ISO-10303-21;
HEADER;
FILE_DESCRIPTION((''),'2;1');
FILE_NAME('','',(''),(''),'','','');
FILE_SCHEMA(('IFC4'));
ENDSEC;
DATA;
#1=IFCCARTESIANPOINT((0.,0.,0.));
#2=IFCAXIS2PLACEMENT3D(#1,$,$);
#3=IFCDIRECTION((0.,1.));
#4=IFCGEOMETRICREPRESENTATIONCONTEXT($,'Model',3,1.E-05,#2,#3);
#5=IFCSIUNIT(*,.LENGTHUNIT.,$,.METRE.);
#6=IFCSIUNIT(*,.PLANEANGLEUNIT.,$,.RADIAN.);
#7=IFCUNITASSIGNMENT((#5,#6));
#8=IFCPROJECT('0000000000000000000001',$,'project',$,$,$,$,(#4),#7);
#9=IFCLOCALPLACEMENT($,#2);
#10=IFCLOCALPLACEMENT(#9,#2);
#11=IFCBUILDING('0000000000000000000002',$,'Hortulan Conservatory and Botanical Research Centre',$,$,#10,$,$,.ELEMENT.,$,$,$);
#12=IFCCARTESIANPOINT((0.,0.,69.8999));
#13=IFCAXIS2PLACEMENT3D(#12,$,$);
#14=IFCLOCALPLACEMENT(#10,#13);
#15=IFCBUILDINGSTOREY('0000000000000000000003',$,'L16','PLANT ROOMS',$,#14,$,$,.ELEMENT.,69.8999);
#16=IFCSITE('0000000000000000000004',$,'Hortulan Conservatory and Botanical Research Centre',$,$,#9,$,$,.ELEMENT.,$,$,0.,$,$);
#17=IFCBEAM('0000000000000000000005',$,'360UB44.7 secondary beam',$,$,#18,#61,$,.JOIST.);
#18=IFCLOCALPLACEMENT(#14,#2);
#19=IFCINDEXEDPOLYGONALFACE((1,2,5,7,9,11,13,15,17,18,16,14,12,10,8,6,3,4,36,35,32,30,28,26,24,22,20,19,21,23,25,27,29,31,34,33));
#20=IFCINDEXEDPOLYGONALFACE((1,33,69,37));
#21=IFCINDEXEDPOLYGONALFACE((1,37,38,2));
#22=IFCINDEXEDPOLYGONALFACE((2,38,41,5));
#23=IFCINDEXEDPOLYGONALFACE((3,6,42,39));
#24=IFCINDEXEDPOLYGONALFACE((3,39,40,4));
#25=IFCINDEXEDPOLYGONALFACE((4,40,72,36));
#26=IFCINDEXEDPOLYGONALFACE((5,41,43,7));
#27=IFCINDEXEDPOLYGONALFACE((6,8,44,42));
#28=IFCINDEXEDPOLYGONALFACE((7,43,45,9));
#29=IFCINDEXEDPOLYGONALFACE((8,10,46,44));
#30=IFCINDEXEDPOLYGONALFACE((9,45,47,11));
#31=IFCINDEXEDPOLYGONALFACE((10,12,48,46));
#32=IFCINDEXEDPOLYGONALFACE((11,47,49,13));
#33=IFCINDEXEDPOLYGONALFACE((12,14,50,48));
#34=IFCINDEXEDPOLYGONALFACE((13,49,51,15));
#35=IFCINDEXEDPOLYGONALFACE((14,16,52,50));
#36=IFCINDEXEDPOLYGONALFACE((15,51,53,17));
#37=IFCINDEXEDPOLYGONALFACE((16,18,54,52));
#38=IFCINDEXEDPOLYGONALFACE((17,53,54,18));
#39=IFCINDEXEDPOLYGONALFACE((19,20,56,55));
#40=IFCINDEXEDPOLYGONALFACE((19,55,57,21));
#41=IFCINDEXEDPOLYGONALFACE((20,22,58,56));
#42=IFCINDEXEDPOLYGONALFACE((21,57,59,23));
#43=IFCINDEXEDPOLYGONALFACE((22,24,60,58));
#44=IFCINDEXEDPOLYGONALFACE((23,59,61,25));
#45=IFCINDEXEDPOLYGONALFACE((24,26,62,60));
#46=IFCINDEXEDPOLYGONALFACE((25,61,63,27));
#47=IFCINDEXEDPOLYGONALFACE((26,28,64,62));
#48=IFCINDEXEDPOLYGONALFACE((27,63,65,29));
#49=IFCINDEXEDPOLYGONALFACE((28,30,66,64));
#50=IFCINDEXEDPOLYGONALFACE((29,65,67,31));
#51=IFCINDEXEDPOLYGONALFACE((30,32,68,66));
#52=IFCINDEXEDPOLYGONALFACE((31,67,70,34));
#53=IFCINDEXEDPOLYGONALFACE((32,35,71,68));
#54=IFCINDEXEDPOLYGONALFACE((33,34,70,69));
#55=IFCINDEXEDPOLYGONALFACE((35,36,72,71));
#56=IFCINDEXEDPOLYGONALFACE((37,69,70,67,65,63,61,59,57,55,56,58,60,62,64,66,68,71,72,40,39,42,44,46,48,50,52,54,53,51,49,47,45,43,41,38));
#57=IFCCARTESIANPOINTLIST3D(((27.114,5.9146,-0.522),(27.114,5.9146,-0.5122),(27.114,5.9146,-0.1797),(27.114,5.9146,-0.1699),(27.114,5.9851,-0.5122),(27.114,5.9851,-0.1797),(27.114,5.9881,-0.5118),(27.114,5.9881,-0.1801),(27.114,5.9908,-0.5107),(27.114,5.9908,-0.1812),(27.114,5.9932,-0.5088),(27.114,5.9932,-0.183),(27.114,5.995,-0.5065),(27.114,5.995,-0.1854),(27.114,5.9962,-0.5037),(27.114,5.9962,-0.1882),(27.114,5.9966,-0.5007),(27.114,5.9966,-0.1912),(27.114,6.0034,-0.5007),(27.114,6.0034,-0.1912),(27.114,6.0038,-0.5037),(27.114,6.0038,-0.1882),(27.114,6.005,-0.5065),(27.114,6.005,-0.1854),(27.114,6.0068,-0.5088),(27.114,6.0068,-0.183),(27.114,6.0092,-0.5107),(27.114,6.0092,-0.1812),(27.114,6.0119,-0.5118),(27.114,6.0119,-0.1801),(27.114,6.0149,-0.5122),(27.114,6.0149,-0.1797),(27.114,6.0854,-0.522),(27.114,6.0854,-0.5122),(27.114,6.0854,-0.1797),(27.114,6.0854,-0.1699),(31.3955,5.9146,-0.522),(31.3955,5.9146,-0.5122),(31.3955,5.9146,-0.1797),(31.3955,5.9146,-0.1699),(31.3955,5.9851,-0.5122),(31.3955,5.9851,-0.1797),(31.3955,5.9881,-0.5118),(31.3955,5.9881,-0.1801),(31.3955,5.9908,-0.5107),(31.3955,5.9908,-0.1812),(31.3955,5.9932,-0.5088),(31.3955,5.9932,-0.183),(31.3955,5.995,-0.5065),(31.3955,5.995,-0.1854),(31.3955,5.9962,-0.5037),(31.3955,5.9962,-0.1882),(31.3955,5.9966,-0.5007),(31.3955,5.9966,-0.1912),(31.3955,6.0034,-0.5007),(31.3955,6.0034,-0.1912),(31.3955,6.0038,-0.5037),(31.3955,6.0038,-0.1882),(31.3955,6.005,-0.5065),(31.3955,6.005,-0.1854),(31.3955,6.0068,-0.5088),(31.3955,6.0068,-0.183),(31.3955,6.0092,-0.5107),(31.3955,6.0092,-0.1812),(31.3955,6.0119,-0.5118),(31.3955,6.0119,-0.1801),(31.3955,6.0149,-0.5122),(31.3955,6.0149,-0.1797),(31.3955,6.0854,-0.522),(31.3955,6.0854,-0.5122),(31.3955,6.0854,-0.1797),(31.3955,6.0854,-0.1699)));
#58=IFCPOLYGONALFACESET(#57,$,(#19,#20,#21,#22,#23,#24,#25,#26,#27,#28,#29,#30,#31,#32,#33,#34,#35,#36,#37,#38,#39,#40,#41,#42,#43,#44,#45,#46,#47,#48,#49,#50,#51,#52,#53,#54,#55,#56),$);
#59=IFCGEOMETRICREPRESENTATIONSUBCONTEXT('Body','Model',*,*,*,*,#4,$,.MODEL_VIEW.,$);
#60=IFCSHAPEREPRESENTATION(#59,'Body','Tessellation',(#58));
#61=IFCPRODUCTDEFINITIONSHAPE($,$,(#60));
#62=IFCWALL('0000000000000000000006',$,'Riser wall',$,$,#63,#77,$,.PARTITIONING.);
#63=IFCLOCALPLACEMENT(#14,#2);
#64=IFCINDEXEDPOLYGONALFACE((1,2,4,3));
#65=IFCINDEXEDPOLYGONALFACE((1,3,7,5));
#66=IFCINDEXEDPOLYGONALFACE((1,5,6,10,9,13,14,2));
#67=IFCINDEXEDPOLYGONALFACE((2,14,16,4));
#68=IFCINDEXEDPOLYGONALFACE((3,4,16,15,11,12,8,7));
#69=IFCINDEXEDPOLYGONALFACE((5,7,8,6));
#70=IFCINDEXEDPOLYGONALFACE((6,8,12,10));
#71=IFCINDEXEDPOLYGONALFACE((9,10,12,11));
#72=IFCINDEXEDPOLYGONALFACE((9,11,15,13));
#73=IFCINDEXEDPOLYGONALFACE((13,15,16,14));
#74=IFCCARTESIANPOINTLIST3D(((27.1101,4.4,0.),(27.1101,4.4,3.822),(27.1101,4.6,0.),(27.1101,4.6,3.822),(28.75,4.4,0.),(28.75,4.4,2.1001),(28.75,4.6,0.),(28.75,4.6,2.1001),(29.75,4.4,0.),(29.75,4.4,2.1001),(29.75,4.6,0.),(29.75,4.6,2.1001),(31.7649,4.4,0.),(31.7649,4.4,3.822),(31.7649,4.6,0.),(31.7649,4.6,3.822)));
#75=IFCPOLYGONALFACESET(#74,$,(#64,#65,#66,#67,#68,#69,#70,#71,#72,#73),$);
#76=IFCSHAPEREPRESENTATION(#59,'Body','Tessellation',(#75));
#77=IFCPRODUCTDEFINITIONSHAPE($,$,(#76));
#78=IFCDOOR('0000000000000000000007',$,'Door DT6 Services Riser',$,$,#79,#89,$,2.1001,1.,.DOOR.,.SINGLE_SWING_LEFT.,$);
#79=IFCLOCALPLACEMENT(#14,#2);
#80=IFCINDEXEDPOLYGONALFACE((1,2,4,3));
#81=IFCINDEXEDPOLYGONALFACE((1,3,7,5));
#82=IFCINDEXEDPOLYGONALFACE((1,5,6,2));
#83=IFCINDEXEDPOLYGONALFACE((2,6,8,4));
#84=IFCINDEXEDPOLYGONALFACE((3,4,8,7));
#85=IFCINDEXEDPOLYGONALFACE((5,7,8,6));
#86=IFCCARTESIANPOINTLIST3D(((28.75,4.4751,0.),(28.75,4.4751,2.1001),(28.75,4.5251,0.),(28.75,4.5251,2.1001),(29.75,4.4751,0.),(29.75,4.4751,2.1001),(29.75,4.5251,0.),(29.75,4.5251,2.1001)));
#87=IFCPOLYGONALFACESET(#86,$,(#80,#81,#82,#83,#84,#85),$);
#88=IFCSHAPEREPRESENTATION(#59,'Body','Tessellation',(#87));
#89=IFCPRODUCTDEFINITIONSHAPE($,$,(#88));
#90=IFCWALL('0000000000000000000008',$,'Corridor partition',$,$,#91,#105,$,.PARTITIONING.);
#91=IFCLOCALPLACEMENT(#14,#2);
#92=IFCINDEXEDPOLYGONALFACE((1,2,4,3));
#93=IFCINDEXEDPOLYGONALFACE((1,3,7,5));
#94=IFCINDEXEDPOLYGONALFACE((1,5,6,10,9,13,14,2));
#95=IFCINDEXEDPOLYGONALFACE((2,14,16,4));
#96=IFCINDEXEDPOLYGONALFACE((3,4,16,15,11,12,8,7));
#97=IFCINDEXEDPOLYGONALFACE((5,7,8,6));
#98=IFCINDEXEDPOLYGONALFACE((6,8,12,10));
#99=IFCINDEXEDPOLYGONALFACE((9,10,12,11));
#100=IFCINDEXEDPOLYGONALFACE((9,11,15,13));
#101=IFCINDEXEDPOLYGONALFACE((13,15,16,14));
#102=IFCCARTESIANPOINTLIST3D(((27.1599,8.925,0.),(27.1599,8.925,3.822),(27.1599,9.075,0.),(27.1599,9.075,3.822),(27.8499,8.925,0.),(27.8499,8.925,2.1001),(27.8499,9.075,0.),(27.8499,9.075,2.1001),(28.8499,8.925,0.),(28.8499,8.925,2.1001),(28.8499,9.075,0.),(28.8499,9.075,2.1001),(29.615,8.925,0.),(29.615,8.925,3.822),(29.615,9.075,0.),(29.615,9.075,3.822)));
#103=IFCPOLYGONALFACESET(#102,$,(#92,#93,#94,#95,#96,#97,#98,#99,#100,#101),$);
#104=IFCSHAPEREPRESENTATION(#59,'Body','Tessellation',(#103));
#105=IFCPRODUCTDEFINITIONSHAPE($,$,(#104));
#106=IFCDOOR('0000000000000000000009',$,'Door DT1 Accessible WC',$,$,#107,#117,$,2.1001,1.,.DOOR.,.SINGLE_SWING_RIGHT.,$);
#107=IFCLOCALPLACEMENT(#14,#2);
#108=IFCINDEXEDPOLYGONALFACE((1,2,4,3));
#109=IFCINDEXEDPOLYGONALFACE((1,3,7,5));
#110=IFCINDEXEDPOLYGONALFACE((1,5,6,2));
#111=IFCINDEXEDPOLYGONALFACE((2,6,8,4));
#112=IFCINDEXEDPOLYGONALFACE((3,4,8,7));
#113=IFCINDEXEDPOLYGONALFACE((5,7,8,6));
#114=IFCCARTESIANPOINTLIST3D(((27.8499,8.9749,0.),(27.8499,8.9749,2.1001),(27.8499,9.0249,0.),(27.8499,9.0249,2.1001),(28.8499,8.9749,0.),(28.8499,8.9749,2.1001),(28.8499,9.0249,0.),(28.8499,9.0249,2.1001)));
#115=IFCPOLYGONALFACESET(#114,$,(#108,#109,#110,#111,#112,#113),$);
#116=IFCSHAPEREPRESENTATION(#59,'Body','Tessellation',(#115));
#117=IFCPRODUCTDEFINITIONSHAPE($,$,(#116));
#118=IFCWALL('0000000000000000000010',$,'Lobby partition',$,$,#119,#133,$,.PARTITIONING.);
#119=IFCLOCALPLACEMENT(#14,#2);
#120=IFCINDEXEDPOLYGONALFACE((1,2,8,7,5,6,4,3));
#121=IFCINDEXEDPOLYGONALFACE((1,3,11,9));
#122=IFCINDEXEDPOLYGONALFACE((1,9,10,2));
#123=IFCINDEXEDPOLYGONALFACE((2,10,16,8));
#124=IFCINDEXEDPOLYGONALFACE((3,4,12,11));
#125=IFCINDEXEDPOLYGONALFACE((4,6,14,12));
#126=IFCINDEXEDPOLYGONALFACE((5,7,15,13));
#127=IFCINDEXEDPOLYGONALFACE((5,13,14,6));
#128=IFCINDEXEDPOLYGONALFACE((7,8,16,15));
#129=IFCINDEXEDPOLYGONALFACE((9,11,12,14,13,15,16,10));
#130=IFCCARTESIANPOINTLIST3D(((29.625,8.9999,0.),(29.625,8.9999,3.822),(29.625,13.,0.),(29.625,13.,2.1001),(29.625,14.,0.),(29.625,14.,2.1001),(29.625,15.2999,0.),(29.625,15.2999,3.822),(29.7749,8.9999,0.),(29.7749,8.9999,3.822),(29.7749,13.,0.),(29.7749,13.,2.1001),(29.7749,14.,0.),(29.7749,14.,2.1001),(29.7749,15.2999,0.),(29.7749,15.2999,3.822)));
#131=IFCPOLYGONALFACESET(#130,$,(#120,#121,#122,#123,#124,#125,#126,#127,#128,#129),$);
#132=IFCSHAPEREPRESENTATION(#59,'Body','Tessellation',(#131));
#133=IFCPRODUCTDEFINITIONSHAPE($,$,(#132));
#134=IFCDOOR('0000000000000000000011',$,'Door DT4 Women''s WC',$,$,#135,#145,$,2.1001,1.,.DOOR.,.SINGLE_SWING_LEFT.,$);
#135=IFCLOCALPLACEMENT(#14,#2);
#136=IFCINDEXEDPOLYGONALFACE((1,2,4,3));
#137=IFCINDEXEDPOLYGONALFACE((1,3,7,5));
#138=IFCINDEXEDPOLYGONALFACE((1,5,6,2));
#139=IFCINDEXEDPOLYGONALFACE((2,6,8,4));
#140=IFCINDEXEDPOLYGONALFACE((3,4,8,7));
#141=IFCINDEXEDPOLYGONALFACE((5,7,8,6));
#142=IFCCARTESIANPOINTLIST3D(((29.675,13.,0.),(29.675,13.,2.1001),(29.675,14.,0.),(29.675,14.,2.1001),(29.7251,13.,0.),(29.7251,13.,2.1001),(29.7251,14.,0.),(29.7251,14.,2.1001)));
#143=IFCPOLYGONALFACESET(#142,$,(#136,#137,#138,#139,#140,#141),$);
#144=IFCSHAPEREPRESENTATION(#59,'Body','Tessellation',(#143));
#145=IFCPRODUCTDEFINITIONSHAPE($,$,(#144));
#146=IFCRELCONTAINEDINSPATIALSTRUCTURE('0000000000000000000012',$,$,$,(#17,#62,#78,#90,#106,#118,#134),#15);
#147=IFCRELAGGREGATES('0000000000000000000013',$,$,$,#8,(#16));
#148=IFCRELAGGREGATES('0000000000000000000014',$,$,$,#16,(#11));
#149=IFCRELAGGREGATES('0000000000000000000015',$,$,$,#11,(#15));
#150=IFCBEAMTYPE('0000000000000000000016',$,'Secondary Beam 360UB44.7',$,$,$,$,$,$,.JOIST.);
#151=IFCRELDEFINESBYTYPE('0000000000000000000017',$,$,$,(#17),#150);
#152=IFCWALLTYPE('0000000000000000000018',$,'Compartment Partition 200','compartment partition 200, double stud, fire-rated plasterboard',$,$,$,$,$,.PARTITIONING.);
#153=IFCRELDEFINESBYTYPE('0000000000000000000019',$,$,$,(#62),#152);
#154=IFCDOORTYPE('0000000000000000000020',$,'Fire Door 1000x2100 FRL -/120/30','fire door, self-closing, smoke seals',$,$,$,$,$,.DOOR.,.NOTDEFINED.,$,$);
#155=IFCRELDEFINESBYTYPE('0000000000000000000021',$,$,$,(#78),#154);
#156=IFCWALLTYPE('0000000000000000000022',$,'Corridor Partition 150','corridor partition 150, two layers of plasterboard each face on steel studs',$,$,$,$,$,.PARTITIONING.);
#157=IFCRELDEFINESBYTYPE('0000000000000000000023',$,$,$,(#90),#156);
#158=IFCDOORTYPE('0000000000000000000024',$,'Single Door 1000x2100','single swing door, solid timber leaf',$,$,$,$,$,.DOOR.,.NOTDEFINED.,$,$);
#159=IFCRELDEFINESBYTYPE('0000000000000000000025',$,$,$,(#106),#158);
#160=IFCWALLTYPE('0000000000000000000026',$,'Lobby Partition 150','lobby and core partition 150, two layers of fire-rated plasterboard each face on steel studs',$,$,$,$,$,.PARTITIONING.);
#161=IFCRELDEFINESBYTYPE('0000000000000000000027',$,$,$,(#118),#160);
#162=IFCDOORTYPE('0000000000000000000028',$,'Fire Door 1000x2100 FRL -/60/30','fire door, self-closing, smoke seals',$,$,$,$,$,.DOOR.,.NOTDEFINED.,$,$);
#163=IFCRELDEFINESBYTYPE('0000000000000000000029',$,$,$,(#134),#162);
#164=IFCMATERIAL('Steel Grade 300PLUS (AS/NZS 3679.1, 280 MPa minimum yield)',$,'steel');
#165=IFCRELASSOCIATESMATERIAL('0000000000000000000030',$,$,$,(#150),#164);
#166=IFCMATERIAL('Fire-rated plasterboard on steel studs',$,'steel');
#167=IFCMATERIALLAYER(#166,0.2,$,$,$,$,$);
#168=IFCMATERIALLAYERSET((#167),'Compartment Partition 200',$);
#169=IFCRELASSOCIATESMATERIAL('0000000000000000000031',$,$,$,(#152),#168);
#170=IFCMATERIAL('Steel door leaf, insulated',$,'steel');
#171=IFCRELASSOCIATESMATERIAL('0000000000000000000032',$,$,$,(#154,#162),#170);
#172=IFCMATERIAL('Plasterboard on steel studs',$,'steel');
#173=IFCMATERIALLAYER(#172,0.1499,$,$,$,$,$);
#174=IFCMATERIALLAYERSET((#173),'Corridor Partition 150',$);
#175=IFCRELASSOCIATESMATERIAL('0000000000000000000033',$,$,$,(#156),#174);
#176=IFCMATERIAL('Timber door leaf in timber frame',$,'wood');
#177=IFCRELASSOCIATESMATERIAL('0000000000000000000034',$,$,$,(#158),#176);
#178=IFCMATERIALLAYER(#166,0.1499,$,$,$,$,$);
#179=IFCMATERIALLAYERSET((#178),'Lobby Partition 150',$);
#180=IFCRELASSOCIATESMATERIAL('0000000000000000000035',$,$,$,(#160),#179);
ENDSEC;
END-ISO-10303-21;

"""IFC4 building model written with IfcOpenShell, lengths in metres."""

from ifc_helpers import new_model, si_unit, direction, frame, frame_2d, origin, origin_2d, place, context, subcontext, project, spatial, rectangle, i_section, extrude, material, layer, layer_set, material_profile, profile_set, type_object, element, fill, save


model = new_model("IFC4")

# Units and contexts
model_context = context("Model", 3, precision=1e-05, world=origin(), true_north=direction((0.0, 1.0)))
body_context = subcontext(model_context, "Body", "Model", "MODEL_VIEW")
ifc_project = project(units=[si_unit("LENGTHUNIT", "METRE"), si_unit("PLANEANGLEUNIT", "RADIAN")], contexts=[model_context])

# Site, building, storey
site_placement = place(None, origin())
site = spatial("IfcSite", under=ifc_project, at=site_placement, Name="Hortulan Conservatory and Botanical Research Centre", CompositionType="ELEMENT", RefElevation=0.0)
building_placement = place(site_placement, origin())
building = spatial("IfcBuilding", under=site, at=building_placement, Name="Hortulan Conservatory and Botanical Research Centre", CompositionType="ELEMENT")
storey_placement = place(building_placement, frame((0.0, 0.0, 69.8999)))
storey = spatial("IfcBuildingStorey", under=building, at=storey_placement, Name="L16", Description="PLANT ROOMS", CompositionType="ELEMENT", Elevation=69.8999)

# Shared definitions
ifc_material_1 = material(Name="Steel Grade 300PLUS (AS/NZS 3679.1, 280 MPa minimum yield)", Category="steel")

# Beam
ifc_material_profile_1 = material_profile(ifc_material_1, i_section(OverallWidth=0.1709, OverallDepth=0.3521, WebThickness=0.0068, FlangeThickness=0.0098, FilletRadius=0.0115, at=origin_2d()), Name="360UB44.7")
ifc_profile_set_1 = profile_set([ifc_material_profile_1], Name="Steel Grade 300PLUS (AS/NZS 3679.1, 280 MPa minimum yield)")
beam_type_1 = type_object("IfcBeamType", Name="Secondary Beam 360UB44.7", PredefinedType="JOIST", material=ifc_profile_set_1)
for number, where, z_axis, x_axis, name in (
    (1, (27.114, 6.0, -0.3459), (1.0, 0.0, 0.0), (0.0, 1.0, 0.0), "360UB44.7 secondary beam"),
):
    element("IfcBeam", number, at=place(storey_placement, frame(where, z_axis=z_axis, x_axis=x_axis)), inside=storey, type_object=beam_type_1, Name=name, PredefinedType="JOIST", context=body_context, shape_type="SweptSolid", body=[
        extrude(i_section(OverallWidth=0.1709, OverallDepth=0.3521, WebThickness=0.0068, FlangeThickness=0.0098, FilletRadius=0.0115, at=origin_2d()), origin(), (0.0, 0.0, 1.0), 4.2815),
    ])

# Walls, openings, doors
ifc_material_2 = material(Name="Fire-rated plasterboard on steel studs", Category="steel")
ifc_layer_1 = layer(ifc_material_2, 0.2)
ifc_layer_set_1 = layer_set([ifc_layer_1], Name="Compartment Partition 200")
wall_type_1 = type_object("IfcWallType", Name="Compartment Partition 200", Description="compartment partition 200, double stud, fire-rated plasterboard", PredefinedType="PARTITIONING", material=ifc_layer_set_1)
wall_1_placement = place(storey_placement, frame((27.1101, 4.5, 0.0), z_axis=(0.0, 0.0, 1.0), x_axis=(1.0, 0.0, 0.0)))
wall_1 = element("IfcWall", 2, at=wall_1_placement, inside=storey, type_object=wall_type_1, Name="Riser wall", PredefinedType="PARTITIONING", context=body_context, shape_type="SweptSolid", body=[
    extrude(rectangle(XDim=4.6548, YDim=0.2, at=frame_2d((2.3274, 0.0))), origin(), (0.0, 0.0, 1.0), 3.822),
])
opening_1_placement = place(wall_1_placement, frame((1.6399, 0.0, 0.0)))
opening_1 = element("IfcOpeningElement", 3, at=opening_1_placement, cuts=wall_1, PredefinedType="OPENING", context=body_context, shape_type="SweptSolid", body=[
    extrude(rectangle(XDim=1.0, YDim=2.1001, at=frame_2d((0.5, 1.05))), frame((0.0, 0.1099, 0.0), z_axis=(0.0, -1.0, 0.0), x_axis=(1.0, 0.0, 0.0)), (0.0, 0.0, 1.0), 0.22),
])
ifc_material_3 = material(Name="Steel door leaf, insulated", Category="steel")
door_type_1 = type_object("IfcDoorType", Name="Fire Door 1000x2100 FRL -/120/30", Description="fire door, self-closing, smoke seals", OperationType="NOTDEFINED", PredefinedType="DOOR", material=ifc_material_3)
door_1_placement = place(opening_1_placement, frame((1.0, 0.0, 0.0), z_axis=(0.0, 0.0, 1.0), x_axis=(-1.0, 0.0, 0.0)))
door_1 = element("IfcDoor", 4, at=door_1_placement, inside=storey, type_object=door_type_1, Name="Door DT6 Services Riser", OperationType="SINGLE_SWING_LEFT", OverallHeight=2.1001, OverallWidth=1.0, PredefinedType="DOOR", context=body_context, shape_type="SweptSolid", body=[
    extrude(rectangle(XDim=1.0, YDim=2.1001, at=frame_2d((0.5, 1.05))), frame((0.0, 0.0249, 0.0), z_axis=(0.0, -1.0, 0.0), x_axis=(1.0, 0.0, 0.0)), (0.0, 0.0, 1.0), 0.05),
])
fill(opening_1, door_1)
ifc_material_4 = material(Name="Plasterboard on steel studs", Category="steel")
ifc_layer_2 = layer(ifc_material_4, 0.1499)
ifc_layer_set_2 = layer_set([ifc_layer_2], Name="Corridor Partition 150")
wall_type_2 = type_object("IfcWallType", Name="Corridor Partition 150", Description="corridor partition 150, two layers of plasterboard each face on steel studs", PredefinedType="PARTITIONING", material=ifc_layer_set_2)
wall_2_placement = place(storey_placement, frame((27.1599, 9.0, 0.0), z_axis=(0.0, 0.0, 1.0), x_axis=(1.0, 0.0, 0.0)))
wall_2 = element("IfcWall", 5, at=wall_2_placement, inside=storey, type_object=wall_type_2, Name="Corridor partition", PredefinedType="PARTITIONING", context=body_context, shape_type="SweptSolid", body=[
    extrude(rectangle(XDim=2.4551, YDim=0.1499, at=frame_2d((1.2275, 0.0))), origin(), (0.0, 0.0, 1.0), 3.822),
])
opening_2_placement = place(wall_2_placement, frame((0.6899, 0.0, 0.0)))
opening_2 = element("IfcOpeningElement", 6, at=opening_2_placement, cuts=wall_2, PredefinedType="OPENING", context=body_context, shape_type="SweptSolid", body=[
    extrude(rectangle(XDim=1.0, YDim=2.1001, at=frame_2d((0.5, 1.05))), frame((0.0, 0.085, 0.0), z_axis=(0.0, -1.0, 0.0), x_axis=(1.0, 0.0, 0.0)), (0.0, 0.0, 1.0), 0.1699),
])
ifc_material_5 = material(Name="Timber door leaf in timber frame", Category="wood")
door_type_2 = type_object("IfcDoorType", Name="Single Door 1000x2100", Description="single swing door, solid timber leaf", OperationType="NOTDEFINED", PredefinedType="DOOR", material=ifc_material_5)
door_2_placement = place(opening_2_placement, origin())
door_2 = element("IfcDoor", 7, at=door_2_placement, inside=storey, type_object=door_type_2, Name="Door DT1 Accessible WC", OperationType="SINGLE_SWING_RIGHT", OverallHeight=2.1001, OverallWidth=1.0, PredefinedType="DOOR", context=body_context, shape_type="SweptSolid", body=[
    extrude(rectangle(XDim=1.0, YDim=2.1001, at=frame_2d((0.5, 1.05))), frame((0.0, 0.0249, 0.0), z_axis=(0.0, -1.0, 0.0), x_axis=(1.0, 0.0, 0.0)), (0.0, 0.0, 1.0), 0.05),
])
fill(opening_2, door_2)
ifc_layer_3 = layer(ifc_material_2, 0.1499)
ifc_layer_set_3 = layer_set([ifc_layer_3], Name="Lobby Partition 150")
wall_type_3 = type_object("IfcWallType", Name="Lobby Partition 150", Description="lobby and core partition 150, two layers of fire-rated plasterboard each face on steel studs", PredefinedType="PARTITIONING", material=ifc_layer_set_3)
wall_3_placement = place(storey_placement, frame((29.7, 9.0, 0.0), z_axis=(0.0, 0.0, 1.0), x_axis=(0.0, 1.0, 0.0)))
wall_3 = element("IfcWall", 8, at=wall_3_placement, inside=storey, type_object=wall_type_3, Name="Lobby partition", PredefinedType="PARTITIONING", context=body_context, shape_type="SweptSolid", body=[
    extrude(rectangle(XDim=6.3, YDim=0.1499, at=frame_2d((3.1499, 0.0))), origin(), (0.0, 0.0, 1.0), 3.822),
])
opening_3_placement = place(wall_3_placement, frame((4.0, 0.0, 0.0)))
opening_3 = element("IfcOpeningElement", 9, at=opening_3_placement, cuts=wall_3, PredefinedType="OPENING", context=body_context, shape_type="SweptSolid", body=[
    extrude(rectangle(XDim=1.0, YDim=2.1001, at=frame_2d((0.5, 1.05))), frame((0.0, 0.085, 0.0), z_axis=(0.0, -1.0, 0.0), x_axis=(1.0, 0.0, 0.0)), (0.0, 0.0, 1.0), 0.1699),
])
door_type_3 = type_object("IfcDoorType", Name="Fire Door 1000x2100 FRL -/60/30", Description="fire door, self-closing, smoke seals", OperationType="NOTDEFINED", PredefinedType="DOOR", material=ifc_material_3)
door_3_placement = place(opening_3_placement, origin())
door_3 = element("IfcDoor", 10, at=door_3_placement, inside=storey, type_object=door_type_3, Name="Door DT4 Women's WC", OperationType="SINGLE_SWING_LEFT", OverallHeight=2.1001, OverallWidth=1.0, PredefinedType="DOOR", context=body_context, shape_type="SweptSolid", body=[
    extrude(rectangle(XDim=1.0, YDim=2.1001, at=frame_2d((0.5, 1.05))), frame((0.0, 0.0249, 0.0), z_axis=(0.0, -1.0, 0.0), x_axis=(1.0, 0.0, 0.0)), (0.0, 0.0, 1.0), 0.05),
])
fill(opening_3, door_3)

save(model, "model.ifc")
